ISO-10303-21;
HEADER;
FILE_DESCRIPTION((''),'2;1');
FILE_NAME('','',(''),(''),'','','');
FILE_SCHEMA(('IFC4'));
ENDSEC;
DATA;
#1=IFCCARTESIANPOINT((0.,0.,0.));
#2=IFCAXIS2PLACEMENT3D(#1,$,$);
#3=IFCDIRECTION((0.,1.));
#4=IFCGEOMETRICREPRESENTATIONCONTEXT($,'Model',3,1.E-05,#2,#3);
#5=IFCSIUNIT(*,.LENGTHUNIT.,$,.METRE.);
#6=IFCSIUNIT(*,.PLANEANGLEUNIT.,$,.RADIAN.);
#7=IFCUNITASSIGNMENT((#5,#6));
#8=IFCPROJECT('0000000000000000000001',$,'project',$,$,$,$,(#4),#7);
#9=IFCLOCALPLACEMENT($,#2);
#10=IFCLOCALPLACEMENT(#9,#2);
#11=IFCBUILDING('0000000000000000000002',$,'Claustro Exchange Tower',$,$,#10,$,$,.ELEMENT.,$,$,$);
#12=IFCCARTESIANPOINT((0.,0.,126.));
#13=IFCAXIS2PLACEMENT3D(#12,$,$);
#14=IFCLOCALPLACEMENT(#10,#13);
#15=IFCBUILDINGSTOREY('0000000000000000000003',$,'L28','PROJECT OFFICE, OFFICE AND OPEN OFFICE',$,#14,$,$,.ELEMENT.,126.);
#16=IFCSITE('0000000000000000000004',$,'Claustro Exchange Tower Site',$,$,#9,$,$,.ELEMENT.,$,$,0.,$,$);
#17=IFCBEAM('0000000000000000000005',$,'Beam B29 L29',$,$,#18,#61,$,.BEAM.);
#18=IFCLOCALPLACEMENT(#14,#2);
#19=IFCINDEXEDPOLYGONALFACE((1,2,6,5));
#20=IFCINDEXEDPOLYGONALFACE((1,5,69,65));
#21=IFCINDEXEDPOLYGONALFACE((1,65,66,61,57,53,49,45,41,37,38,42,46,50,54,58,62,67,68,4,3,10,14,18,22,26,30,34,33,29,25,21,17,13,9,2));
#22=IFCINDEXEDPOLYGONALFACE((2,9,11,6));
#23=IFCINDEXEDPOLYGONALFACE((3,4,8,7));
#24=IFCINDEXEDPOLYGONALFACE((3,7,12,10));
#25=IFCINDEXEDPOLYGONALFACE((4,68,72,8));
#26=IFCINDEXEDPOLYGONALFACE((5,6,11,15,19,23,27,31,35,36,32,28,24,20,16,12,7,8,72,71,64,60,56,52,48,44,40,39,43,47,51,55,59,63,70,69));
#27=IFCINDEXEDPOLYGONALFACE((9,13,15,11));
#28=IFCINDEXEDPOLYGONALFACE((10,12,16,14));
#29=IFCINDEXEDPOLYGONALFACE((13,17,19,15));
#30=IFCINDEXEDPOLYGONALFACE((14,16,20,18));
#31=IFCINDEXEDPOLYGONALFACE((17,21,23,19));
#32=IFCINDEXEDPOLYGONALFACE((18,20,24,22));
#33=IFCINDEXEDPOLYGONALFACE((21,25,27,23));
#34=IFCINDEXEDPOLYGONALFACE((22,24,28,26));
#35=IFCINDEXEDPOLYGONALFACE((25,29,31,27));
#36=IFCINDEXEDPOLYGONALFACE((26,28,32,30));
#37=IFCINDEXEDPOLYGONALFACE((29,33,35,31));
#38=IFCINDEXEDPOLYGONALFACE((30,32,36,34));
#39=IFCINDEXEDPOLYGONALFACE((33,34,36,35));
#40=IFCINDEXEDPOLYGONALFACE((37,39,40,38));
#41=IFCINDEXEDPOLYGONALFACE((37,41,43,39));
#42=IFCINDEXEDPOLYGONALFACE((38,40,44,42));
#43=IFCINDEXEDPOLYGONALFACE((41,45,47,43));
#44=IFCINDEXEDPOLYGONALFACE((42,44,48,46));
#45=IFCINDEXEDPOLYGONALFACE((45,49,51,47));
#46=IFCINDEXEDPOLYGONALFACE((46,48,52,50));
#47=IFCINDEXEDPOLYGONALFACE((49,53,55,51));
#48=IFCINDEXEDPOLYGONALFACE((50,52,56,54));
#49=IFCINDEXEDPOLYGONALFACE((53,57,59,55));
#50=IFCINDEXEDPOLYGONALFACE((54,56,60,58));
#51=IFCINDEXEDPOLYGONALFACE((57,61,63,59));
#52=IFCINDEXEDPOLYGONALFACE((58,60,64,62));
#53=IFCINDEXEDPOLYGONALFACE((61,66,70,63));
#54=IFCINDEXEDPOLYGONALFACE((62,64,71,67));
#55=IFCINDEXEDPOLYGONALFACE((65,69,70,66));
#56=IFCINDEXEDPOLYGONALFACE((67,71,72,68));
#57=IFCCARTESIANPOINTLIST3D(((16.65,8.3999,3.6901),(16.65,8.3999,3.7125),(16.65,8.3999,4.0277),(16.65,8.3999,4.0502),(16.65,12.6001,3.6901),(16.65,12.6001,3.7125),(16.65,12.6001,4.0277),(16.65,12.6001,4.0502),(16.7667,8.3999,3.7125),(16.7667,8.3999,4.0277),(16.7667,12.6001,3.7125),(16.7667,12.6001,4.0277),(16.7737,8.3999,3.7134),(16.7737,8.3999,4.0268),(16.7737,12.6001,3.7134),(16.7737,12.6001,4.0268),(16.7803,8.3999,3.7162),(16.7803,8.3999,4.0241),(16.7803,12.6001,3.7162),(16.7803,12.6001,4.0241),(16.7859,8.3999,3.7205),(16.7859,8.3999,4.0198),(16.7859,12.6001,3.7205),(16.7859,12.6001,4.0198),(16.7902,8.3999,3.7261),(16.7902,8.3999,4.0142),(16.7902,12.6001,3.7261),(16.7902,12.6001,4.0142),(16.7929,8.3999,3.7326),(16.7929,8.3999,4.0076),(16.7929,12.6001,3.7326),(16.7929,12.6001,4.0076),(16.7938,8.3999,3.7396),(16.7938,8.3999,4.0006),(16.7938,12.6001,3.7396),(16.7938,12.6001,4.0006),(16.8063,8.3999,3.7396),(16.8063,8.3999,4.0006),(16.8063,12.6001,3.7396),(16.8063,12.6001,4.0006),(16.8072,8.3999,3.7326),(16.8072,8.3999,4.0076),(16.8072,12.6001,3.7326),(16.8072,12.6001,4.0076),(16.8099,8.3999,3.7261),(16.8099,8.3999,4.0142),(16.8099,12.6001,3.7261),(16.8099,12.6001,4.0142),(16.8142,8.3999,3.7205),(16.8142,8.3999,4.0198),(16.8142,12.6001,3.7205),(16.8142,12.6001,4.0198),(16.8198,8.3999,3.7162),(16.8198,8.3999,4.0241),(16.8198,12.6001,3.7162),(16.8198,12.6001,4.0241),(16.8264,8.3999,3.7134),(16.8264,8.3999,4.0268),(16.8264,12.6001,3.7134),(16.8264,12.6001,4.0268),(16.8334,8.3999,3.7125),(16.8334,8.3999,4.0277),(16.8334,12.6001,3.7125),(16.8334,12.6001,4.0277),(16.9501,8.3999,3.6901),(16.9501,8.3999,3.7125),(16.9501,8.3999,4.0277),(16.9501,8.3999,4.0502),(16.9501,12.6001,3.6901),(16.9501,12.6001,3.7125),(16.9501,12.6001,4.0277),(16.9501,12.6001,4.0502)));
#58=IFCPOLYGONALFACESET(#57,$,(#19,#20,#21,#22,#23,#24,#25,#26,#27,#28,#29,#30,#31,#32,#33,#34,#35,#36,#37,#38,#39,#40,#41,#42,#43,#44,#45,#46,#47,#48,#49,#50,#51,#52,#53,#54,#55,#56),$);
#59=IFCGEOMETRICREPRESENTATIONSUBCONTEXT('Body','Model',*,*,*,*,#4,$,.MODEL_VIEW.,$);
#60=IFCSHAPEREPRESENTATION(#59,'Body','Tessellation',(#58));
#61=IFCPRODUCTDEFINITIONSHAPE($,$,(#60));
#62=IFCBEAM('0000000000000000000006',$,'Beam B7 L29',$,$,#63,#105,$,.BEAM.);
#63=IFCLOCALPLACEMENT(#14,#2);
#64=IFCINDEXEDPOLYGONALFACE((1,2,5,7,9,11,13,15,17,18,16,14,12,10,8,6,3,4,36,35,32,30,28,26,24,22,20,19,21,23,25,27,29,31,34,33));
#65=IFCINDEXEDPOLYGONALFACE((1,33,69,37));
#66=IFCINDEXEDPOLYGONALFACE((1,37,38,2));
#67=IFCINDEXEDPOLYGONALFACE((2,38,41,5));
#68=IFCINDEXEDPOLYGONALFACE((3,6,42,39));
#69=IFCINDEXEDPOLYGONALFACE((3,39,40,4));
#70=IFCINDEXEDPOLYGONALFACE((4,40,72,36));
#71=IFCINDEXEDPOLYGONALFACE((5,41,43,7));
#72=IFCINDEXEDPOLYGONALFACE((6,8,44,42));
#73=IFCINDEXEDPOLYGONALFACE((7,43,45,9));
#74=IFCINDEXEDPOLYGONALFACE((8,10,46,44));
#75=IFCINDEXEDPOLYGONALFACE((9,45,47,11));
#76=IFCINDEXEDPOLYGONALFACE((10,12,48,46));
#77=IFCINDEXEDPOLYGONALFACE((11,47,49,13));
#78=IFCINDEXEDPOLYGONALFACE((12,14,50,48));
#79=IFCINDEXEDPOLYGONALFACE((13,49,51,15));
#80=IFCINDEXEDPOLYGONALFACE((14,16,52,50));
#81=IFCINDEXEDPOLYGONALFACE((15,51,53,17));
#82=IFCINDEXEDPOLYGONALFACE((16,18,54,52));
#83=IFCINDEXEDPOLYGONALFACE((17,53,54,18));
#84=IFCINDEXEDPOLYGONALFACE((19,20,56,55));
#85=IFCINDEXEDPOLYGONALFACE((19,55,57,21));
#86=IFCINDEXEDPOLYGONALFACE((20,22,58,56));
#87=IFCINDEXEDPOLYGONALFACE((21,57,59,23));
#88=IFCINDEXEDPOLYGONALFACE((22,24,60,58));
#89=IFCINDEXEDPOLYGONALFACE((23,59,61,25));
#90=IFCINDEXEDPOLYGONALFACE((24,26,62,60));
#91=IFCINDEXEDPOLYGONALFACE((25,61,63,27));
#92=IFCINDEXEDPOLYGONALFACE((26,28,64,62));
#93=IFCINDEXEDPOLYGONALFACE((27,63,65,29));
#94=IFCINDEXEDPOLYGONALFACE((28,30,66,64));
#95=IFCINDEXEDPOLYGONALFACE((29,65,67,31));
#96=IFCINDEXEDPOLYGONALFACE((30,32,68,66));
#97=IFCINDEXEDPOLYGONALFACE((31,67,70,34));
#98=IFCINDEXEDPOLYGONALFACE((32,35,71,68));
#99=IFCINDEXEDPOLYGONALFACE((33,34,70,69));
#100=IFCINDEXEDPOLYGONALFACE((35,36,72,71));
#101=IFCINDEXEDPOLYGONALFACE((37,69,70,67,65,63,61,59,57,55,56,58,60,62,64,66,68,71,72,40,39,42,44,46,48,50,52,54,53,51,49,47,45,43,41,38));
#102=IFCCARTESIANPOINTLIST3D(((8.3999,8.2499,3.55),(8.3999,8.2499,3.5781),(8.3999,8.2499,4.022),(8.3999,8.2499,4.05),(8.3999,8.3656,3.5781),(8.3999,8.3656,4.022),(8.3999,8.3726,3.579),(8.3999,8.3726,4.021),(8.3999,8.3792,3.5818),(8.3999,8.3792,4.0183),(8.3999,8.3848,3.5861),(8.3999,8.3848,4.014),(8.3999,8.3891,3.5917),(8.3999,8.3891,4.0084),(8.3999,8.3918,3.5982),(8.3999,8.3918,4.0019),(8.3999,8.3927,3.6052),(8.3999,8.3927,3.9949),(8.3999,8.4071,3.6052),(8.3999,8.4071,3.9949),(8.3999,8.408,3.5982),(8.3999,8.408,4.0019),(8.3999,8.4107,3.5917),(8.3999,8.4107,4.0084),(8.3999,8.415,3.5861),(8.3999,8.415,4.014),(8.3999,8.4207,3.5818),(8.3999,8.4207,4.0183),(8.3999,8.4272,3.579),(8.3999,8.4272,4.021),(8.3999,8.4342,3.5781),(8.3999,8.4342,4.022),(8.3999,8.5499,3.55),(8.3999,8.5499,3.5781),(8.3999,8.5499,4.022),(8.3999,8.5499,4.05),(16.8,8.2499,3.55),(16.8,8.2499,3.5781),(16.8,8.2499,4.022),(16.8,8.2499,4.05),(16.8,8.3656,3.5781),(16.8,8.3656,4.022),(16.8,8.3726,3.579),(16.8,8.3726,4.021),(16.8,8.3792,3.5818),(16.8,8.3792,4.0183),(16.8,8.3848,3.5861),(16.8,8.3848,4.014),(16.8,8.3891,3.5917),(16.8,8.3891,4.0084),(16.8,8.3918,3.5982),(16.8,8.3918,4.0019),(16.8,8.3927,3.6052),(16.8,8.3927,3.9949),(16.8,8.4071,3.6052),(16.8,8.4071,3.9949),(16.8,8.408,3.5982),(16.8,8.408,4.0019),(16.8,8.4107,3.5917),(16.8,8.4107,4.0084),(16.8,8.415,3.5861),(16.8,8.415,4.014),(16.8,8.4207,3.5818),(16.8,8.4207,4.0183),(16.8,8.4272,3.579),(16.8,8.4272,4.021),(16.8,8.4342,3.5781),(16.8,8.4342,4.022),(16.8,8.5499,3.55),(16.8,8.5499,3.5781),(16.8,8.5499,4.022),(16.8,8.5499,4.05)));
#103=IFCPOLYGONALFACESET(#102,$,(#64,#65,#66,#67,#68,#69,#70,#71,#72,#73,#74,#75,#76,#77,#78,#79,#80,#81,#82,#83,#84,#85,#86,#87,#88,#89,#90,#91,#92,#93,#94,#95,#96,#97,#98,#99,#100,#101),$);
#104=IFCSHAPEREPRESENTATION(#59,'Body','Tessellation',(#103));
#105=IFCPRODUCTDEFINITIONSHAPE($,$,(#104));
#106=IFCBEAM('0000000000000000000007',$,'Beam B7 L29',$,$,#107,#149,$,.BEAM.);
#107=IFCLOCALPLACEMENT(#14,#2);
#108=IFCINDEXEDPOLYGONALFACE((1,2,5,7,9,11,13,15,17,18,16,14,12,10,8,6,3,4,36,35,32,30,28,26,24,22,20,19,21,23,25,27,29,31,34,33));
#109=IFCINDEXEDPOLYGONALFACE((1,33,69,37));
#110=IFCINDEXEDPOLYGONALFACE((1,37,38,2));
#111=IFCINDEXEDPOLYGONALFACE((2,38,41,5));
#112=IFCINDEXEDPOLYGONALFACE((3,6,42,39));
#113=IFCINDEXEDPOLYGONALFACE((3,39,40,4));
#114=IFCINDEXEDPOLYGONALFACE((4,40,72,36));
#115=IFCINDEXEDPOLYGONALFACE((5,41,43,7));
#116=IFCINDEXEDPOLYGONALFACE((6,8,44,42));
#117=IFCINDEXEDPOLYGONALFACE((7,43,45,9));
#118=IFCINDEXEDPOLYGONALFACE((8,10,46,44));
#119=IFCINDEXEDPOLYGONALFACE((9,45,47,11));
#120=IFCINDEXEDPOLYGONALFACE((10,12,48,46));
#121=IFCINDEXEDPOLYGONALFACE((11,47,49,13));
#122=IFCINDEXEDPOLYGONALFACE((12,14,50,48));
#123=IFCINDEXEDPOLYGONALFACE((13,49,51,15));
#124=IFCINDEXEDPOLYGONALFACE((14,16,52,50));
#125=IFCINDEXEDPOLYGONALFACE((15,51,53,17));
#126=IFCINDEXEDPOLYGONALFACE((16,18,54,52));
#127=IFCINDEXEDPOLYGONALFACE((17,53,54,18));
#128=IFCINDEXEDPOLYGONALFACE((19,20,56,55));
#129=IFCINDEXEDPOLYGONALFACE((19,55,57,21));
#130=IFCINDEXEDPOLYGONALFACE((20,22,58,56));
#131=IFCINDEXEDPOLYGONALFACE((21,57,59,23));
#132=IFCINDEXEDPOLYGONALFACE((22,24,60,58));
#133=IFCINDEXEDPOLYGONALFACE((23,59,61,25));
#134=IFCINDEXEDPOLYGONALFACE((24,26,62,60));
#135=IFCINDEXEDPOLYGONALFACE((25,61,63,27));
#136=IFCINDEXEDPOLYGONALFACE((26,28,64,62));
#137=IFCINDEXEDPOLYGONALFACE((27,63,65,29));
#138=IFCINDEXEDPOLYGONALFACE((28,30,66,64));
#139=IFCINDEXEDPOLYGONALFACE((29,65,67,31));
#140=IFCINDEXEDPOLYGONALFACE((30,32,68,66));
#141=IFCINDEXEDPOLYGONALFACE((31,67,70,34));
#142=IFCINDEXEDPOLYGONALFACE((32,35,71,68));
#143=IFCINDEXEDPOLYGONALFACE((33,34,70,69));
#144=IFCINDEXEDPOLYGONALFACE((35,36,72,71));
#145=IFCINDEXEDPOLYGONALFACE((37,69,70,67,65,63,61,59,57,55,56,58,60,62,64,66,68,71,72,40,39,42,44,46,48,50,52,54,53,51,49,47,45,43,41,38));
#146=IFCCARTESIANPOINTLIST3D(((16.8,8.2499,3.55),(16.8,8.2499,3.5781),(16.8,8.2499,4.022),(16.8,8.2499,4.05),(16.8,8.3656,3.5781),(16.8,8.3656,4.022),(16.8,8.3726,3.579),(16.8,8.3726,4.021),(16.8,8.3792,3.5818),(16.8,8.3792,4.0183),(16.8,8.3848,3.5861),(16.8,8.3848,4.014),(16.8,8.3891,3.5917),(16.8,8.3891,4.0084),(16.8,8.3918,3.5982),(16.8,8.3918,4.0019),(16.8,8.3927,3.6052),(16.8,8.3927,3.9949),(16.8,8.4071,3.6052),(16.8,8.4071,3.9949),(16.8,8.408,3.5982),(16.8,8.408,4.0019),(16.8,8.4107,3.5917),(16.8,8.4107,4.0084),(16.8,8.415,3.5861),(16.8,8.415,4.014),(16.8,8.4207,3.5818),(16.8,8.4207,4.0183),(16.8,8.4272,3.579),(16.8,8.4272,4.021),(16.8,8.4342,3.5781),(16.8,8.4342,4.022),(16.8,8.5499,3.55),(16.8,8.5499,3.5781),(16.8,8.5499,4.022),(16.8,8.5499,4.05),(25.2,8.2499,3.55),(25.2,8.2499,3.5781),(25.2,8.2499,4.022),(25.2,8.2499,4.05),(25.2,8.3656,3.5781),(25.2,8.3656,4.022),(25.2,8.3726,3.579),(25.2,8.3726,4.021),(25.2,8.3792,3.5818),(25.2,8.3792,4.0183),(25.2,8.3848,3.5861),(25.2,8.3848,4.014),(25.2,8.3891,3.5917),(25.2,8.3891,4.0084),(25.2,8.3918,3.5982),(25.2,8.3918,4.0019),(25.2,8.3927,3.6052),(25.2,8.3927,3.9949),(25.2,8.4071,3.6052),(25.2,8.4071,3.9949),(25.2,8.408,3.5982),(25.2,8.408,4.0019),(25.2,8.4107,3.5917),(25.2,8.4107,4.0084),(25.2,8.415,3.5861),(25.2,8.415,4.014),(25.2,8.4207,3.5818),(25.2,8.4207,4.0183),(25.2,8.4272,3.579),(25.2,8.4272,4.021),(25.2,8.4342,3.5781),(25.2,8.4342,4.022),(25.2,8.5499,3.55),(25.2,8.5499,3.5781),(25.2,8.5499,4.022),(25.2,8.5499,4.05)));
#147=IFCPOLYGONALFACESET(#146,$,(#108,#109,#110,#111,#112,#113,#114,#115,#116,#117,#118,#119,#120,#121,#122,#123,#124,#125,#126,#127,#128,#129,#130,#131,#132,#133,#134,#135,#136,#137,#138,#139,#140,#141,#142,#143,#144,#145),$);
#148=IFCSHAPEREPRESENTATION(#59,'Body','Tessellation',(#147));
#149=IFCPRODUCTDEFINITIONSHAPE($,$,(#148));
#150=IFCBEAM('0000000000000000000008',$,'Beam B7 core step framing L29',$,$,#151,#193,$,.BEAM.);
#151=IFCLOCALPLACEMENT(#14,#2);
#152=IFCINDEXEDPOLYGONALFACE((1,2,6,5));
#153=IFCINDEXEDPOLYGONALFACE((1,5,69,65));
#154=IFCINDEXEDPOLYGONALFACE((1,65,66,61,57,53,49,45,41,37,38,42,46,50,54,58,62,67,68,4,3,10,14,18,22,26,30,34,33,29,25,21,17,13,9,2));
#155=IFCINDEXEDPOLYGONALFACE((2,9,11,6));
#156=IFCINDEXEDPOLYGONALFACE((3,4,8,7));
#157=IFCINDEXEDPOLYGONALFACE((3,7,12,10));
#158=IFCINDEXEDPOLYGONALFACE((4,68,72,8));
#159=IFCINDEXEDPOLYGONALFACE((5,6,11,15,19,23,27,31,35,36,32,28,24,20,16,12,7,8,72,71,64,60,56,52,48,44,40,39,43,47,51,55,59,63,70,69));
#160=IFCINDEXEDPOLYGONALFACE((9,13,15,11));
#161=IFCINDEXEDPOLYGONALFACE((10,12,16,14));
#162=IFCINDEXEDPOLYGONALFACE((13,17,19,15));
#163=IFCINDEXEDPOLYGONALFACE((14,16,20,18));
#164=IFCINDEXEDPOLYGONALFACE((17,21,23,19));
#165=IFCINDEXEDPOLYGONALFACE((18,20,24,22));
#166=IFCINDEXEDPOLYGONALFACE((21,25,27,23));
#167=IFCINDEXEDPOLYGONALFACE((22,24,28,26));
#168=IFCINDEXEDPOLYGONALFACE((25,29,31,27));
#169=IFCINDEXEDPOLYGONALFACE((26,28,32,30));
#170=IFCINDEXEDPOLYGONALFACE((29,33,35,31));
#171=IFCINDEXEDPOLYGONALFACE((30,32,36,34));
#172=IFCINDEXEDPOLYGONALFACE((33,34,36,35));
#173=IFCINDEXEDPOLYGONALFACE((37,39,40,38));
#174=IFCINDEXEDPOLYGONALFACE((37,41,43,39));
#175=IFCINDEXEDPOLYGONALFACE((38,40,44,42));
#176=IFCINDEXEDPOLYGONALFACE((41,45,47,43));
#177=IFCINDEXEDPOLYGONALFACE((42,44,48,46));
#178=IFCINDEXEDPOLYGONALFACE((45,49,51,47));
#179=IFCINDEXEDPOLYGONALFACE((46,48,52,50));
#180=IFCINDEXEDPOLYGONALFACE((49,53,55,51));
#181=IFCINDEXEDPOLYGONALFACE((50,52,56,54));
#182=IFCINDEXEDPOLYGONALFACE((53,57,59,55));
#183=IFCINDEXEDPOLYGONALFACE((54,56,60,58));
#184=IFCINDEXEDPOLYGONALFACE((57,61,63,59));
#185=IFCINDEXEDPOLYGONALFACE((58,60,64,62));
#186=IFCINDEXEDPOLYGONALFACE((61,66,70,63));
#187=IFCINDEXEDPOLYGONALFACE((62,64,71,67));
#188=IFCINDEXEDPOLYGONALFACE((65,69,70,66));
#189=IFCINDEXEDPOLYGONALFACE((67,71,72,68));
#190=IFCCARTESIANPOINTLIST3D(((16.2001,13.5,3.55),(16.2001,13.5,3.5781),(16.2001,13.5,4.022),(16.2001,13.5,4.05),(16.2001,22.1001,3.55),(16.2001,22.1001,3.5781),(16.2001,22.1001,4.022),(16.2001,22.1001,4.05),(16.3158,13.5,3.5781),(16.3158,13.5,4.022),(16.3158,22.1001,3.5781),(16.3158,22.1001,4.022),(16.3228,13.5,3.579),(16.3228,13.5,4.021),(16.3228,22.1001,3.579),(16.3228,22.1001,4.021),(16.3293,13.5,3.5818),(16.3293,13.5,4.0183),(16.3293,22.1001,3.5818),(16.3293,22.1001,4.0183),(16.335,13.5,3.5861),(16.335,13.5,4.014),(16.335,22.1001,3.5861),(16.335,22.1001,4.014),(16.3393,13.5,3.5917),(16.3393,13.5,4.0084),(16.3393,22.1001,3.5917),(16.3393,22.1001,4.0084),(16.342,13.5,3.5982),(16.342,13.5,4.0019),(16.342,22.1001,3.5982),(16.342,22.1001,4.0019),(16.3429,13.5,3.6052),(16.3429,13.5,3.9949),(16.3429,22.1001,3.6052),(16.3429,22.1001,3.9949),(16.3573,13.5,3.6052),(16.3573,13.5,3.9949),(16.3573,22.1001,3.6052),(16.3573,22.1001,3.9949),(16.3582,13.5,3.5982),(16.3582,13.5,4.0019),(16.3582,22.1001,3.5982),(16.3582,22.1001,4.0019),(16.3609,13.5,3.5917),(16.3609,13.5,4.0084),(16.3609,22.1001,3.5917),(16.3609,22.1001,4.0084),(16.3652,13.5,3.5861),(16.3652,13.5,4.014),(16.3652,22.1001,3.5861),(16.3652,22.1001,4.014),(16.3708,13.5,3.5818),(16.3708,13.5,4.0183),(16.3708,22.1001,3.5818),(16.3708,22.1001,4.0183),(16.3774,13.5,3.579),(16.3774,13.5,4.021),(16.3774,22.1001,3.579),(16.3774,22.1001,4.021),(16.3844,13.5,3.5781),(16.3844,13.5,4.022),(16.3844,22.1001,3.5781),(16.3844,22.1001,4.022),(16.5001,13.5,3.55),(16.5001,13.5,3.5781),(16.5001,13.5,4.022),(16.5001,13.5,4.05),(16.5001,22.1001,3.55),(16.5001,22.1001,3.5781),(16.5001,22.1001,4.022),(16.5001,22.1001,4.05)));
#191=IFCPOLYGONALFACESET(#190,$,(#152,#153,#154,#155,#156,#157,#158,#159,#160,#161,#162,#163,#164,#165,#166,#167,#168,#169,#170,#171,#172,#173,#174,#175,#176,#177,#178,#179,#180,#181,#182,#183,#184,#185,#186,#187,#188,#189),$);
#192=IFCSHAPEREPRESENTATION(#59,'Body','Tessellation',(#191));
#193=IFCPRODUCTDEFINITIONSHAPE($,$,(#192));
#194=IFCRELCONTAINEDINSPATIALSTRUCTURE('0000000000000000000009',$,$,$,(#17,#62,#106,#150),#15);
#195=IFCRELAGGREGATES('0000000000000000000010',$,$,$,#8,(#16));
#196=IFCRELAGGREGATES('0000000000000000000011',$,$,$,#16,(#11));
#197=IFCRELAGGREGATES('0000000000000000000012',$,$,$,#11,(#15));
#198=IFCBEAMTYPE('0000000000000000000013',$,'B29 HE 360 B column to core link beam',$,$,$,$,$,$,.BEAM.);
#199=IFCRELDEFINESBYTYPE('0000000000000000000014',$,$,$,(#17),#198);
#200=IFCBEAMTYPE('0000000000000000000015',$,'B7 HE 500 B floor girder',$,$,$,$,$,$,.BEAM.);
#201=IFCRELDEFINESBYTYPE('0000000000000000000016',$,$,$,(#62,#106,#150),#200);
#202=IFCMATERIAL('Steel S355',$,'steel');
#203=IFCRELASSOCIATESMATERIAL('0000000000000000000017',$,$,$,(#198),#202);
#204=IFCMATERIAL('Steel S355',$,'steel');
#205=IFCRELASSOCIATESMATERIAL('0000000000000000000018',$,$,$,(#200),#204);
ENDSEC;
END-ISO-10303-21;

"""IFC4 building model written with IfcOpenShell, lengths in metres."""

from ifc_helpers import new_model, si_unit, direction, frame, origin, origin_2d, place, context, subcontext, project, spatial, i_section, extrude, material, material_profile, profile_set, type_object, element, save


model = new_model("IFC4")

# Units and contexts
model_context = context("Model", 3, precision=1e-05, world=origin(), true_north=direction((0.0, 1.0)))
body_context = subcontext(model_context, "Body", "Model", "MODEL_VIEW")
ifc_project = project(units=[si_unit("LENGTHUNIT", "METRE"), si_unit("PLANEANGLEUNIT", "RADIAN")], contexts=[model_context])

# Site, building, storey
site_placement = place(None, origin())
site = spatial("IfcSite", under=ifc_project, at=site_placement, Name="Claustro Exchange Tower Site", CompositionType="ELEMENT", RefElevation=0.0)
building_placement = place(site_placement, origin())
building = spatial("IfcBuilding", under=site, at=building_placement, Name="Claustro Exchange Tower", CompositionType="ELEMENT")
storey_placement = place(building_placement, frame((0.0, 0.0, 126.0)))
storey = spatial("IfcBuildingStorey", under=building, at=storey_placement, Name="L28", Description="PROJECT OFFICE, OFFICE AND OPEN OFFICE", CompositionType="ELEMENT", Elevation=126.0)

# Beams
ifc_material_1 = material(Name="Steel S355", Category="steel")
ifc_material_profile_1 = material_profile(ifc_material_1, i_section(OverallWidth=0.3, OverallDepth=0.3601, WebThickness=0.0125, FlangeThickness=0.0225, FilletRadius=0.0271, at=origin_2d()), Name="HE 360 B")
ifc_profile_set_1 = profile_set([ifc_material_profile_1], Name="Steel S355")
beam_type_1 = type_object("IfcBeamType", Name="B29 HE 360 B column to core link beam", PredefinedType="BEAM", material=ifc_profile_set_1)
for number, where, z_axis, x_axis, name in (
    (1, (16.8, 8.3999, 3.8701), (0.0, 1.0, 0.0), (-1.0, 0.0, 0.0), "Beam B29 L29"),
):
    element("IfcBeam", number, at=place(storey_placement, frame(where, z_axis=z_axis, x_axis=x_axis)), inside=storey, type_object=beam_type_1, Name=name, PredefinedType="BEAM", context=body_context, shape_type="SweptSolid", body=[
        extrude(i_section(OverallWidth=0.3, OverallDepth=0.3601, WebThickness=0.0125, FlangeThickness=0.0225, FilletRadius=0.0271, at=origin_2d()), origin(), (0.0, 0.0, 1.0), 4.2002),
    ])
ifc_material_2 = material(Name="Steel S355", Category="steel")
ifc_material_profile_2 = material_profile(ifc_material_2, i_section(OverallWidth=0.3, OverallDepth=0.5, WebThickness=0.0144, FlangeThickness=0.0281, FilletRadius=0.0271, at=origin_2d()), Name="HE 500 B")
ifc_profile_set_2 = profile_set([ifc_material_profile_2], Name="Steel S355")
beam_type_2 = type_object("IfcBeamType", Name="B7 HE 500 B floor girder", PredefinedType="BEAM", material=ifc_profile_set_2)
beam_1_placement = place(storey_placement, frame((8.3999, 8.3999, 3.8), z_axis=(1.0, 0.0, 0.0), x_axis=(0.0, 1.0, 0.0)))
element("IfcBeam", 2, at=beam_1_placement, inside=storey, type_object=beam_type_2, Name="Beam B7 L29", PredefinedType="BEAM", context=body_context, shape_type="SweptSolid", body=[
    extrude(i_section(OverallWidth=0.3, OverallDepth=0.5, WebThickness=0.0144, FlangeThickness=0.0281, FilletRadius=0.0271, at=origin_2d()), origin(), (0.0, 0.0, 1.0), 8.4001),
])
beam_2_placement = place(storey_placement, frame((16.8, 8.3999, 3.8), z_axis=(1.0, 0.0, 0.0), x_axis=(0.0, 1.0, 0.0)))
element("IfcBeam", 3, at=beam_2_placement, inside=storey, type_object=beam_type_2, Name="Beam B7 L29", PredefinedType="BEAM", context=body_context, shape_type="SweptSolid", body=[
    extrude(i_section(OverallWidth=0.3, OverallDepth=0.5, WebThickness=0.0144, FlangeThickness=0.0281, FilletRadius=0.0271, at=origin_2d()), origin(), (0.0, 0.0, 1.0), 8.3999),
])
beam_3_placement = place(storey_placement, frame((16.3501, 13.5, 3.8), z_axis=(0.0, 1.0, 0.0), x_axis=(-1.0, 0.0, 0.0)))
element("IfcBeam", 4, at=beam_3_placement, inside=storey, type_object=beam_type_2, Name="Beam B7 core step framing L29", PredefinedType="BEAM", context=body_context, shape_type="SweptSolid", body=[
    extrude(i_section(OverallWidth=0.3, OverallDepth=0.5, WebThickness=0.0144, FlangeThickness=0.0281, FilletRadius=0.0271, at=origin_2d()), origin(), (0.0, 0.0, 1.0), 8.6001),
])

save(model, "model.ifc")
